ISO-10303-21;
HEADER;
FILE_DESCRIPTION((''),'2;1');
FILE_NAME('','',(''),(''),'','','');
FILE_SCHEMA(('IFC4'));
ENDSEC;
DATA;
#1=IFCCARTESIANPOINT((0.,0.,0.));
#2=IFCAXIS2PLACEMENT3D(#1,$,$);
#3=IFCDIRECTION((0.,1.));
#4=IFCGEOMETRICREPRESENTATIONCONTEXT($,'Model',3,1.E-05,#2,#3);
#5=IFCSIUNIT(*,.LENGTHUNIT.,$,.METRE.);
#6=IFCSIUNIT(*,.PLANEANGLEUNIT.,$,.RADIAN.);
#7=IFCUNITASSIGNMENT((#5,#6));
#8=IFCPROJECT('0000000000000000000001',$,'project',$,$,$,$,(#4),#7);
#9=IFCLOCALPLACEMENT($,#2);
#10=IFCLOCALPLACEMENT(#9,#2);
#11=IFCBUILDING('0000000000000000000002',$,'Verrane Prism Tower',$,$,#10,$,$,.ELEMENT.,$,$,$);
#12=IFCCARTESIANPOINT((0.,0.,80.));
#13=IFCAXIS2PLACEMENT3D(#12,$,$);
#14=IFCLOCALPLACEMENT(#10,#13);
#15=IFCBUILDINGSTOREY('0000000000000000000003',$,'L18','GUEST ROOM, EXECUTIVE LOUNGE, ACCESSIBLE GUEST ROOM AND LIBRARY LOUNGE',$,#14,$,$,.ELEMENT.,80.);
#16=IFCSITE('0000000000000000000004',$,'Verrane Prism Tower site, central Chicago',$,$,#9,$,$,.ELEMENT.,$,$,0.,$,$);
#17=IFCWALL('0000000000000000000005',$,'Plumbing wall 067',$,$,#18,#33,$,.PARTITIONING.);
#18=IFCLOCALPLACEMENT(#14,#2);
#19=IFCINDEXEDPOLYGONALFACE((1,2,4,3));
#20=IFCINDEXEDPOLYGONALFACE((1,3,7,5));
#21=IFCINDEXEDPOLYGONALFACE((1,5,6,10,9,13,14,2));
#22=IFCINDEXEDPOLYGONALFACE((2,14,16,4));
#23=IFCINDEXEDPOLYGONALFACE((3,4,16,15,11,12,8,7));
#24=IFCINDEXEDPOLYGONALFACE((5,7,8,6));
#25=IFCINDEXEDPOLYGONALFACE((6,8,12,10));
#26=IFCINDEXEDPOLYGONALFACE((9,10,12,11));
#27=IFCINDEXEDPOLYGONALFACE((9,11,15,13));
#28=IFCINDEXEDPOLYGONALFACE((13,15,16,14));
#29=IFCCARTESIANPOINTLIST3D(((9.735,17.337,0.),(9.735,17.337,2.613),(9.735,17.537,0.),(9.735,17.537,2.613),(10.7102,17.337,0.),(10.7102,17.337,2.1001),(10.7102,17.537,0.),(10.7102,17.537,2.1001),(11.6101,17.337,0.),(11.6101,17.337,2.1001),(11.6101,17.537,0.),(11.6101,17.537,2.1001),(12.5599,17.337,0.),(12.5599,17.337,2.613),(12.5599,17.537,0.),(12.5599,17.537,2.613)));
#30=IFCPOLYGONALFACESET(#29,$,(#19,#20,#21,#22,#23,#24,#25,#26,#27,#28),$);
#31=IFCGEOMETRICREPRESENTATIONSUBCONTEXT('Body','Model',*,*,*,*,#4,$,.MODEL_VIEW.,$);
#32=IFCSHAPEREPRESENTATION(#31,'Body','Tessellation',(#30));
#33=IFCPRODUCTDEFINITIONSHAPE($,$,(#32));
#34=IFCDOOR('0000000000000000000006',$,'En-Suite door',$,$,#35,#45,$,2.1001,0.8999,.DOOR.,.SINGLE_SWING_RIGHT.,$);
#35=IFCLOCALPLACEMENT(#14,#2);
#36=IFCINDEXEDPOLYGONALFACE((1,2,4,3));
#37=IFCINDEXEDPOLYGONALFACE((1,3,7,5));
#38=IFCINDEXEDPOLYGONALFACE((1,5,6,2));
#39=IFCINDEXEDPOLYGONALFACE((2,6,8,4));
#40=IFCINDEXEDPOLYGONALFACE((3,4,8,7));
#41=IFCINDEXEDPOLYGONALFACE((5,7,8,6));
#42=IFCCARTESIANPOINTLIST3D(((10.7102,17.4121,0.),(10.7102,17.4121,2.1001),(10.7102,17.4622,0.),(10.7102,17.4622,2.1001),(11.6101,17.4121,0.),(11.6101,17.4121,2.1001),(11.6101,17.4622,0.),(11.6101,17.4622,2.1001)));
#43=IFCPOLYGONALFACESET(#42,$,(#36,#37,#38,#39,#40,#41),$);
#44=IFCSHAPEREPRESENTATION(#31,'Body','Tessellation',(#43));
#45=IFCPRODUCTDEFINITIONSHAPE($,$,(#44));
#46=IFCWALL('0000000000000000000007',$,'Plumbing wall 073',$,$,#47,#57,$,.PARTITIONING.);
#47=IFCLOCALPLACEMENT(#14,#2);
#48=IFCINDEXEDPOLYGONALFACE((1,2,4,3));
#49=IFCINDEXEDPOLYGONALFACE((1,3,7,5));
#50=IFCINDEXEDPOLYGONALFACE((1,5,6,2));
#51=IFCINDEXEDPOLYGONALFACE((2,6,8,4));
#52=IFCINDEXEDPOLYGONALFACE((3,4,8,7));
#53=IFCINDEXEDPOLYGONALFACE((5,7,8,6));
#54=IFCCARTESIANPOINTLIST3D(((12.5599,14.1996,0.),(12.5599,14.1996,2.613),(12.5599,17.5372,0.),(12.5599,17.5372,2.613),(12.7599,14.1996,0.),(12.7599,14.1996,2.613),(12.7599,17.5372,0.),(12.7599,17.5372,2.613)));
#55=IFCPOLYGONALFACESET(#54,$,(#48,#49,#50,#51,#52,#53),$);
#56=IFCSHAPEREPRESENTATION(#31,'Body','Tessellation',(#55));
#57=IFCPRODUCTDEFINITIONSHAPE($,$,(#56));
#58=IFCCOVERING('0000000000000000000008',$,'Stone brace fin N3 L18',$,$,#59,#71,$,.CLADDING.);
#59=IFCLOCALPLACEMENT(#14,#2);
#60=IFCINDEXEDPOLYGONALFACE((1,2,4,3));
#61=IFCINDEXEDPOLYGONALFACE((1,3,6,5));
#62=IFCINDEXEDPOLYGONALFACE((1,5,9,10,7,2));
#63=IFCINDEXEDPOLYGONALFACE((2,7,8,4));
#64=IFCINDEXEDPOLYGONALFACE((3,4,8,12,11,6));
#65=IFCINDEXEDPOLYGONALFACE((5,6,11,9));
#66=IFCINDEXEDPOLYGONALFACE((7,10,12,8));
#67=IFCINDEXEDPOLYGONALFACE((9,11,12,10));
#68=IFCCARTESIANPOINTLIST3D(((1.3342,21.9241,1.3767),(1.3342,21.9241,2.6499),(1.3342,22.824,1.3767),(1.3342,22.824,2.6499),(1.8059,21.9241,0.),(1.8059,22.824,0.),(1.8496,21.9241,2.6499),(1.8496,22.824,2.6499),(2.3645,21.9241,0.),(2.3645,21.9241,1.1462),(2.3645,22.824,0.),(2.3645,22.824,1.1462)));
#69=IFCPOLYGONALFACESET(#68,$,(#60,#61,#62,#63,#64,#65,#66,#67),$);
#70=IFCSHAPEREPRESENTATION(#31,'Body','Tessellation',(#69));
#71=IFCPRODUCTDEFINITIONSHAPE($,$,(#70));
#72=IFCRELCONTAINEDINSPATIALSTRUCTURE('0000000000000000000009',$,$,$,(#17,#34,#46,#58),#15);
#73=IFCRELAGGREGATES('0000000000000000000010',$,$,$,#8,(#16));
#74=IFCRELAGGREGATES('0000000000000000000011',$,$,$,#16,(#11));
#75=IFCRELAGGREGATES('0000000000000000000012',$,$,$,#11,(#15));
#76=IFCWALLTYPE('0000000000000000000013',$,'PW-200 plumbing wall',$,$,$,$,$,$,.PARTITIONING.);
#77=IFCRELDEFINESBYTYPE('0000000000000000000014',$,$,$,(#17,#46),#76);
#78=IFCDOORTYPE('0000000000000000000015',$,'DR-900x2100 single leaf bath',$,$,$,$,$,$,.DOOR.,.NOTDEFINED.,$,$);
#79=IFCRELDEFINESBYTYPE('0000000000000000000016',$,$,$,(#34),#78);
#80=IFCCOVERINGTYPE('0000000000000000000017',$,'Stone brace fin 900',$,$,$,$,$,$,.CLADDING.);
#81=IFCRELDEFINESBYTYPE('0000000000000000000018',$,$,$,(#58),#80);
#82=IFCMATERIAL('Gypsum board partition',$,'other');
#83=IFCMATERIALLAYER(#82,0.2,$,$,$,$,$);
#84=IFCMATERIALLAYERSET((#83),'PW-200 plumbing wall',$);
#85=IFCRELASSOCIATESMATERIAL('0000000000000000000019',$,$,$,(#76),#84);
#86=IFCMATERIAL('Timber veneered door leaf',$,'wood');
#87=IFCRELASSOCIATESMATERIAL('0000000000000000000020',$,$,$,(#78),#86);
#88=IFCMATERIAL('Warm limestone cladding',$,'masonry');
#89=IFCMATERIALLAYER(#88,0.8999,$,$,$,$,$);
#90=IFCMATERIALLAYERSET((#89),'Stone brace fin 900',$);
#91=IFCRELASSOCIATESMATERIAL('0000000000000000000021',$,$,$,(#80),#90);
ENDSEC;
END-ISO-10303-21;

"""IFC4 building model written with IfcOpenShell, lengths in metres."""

from ifc_helpers import new_model, si_unit, direction, frame, frame_2d, origin, place, context, subcontext, project, spatial, polyline, rectangle, outline, extrude, material, layer, layer_set, type_object, element, fill, save


model = new_model("IFC4")

# Units and contexts
model_context = context("Model", 3, precision=1e-05, world=origin(), true_north=direction((0.0, 1.0)))
body_context = subcontext(model_context, "Body", "Model", "MODEL_VIEW")
ifc_project = project(units=[si_unit("LENGTHUNIT", "METRE"), si_unit("PLANEANGLEUNIT", "RADIAN")], contexts=[model_context])

# Site, building, storey
site_placement = place(None, origin())
site = spatial("IfcSite", under=ifc_project, at=site_placement, Name="Verrane Prism Tower site, central Chicago", CompositionType="ELEMENT", RefElevation=0.0)
building_placement = place(site_placement, origin())
building = spatial("IfcBuilding", under=site, at=building_placement, Name="Verrane Prism Tower", CompositionType="ELEMENT")
storey_placement = place(building_placement, frame((0.0, 0.0, 80.0)))
storey = spatial("IfcBuildingStorey", under=building, at=storey_placement, Name="L18", Description="GUEST ROOM, EXECUTIVE LOUNGE, ACCESSIBLE GUEST ROOM AND LIBRARY LOUNGE", CompositionType="ELEMENT", Elevation=80.0)

# Shared definitions
ifc_material_1 = material(Name="Gypsum board partition", Category="other")
ifc_layer_1 = layer(ifc_material_1, 0.2)
ifc_layer_set_1 = layer_set([ifc_layer_1], Name="PW-200 plumbing wall")
wall_type_1 = type_object("IfcWallType", Name="PW-200 plumbing wall", PredefinedType="PARTITIONING", material=ifc_layer_set_1)

# Wall, opening, door
wall_1_placement = place(storey_placement, frame((12.5601, 17.437, 0.0), z_axis=(0.0, 0.0, 1.0), x_axis=(-1.0, 0.0, 0.0)))
wall_1 = element("IfcWall", 1, at=wall_1_placement, inside=storey, type_object=wall_type_1, Name="Plumbing wall 067", PredefinedType="PARTITIONING", context=body_context, shape_type="SweptSolid", body=[
    extrude(rectangle(XDim=2.825, YDim=0.2, at=frame_2d((1.4126, 0.0))), origin(), (0.0, 0.0, 1.0), 2.613),
])
opening_1_placement = place(wall_1_placement, frame((0.95, 0.0, 0.0)))
opening_1 = element("IfcOpeningElement", 2, at=opening_1_placement, cuts=wall_1, PredefinedType="OPENING", context=body_context, shape_type="SweptSolid", body=[
    extrude(rectangle(XDim=0.8999, YDim=2.1001, at=frame_2d((0.45, 1.05))), frame((0.0, 0.1099, 0.0), z_axis=(0.0, -1.0, 0.0), x_axis=(1.0, 0.0, 0.0)), (0.0, 0.0, 1.0), 0.22),
])
ifc_material_2 = material(Name="Timber veneered door leaf", Category="wood")
door_type_1 = type_object("IfcDoorType", Name="DR-900x2100 single leaf bath", OperationType="NOTDEFINED", PredefinedType="DOOR", material=ifc_material_2)
door_1_placement = place(opening_1_placement, origin())
door_1 = element("IfcDoor", 3, at=door_1_placement, inside=storey, type_object=door_type_1, Name="En-Suite door", OperationType="SINGLE_SWING_RIGHT", OverallHeight=2.1001, OverallWidth=0.8999, PredefinedType="DOOR", context=body_context, shape_type="SweptSolid", body=[
    extrude(rectangle(XDim=0.8999, YDim=2.1001, at=frame_2d((0.45, 1.05))), frame((0.0, 0.0249, 0.0), z_axis=(0.0, -1.0, 0.0), x_axis=(1.0, 0.0, 0.0)), (0.0, 0.0, 1.0), 0.05),
])
fill(opening_1, door_1)

# Wall
wall_2_placement = place(storey_placement, frame((12.6599, 14.1995, 0.0), z_axis=(0.0, 0.0, 1.0), x_axis=(0.0, 1.0, 0.0)))
element("IfcWall", 4, at=wall_2_placement, inside=storey, type_object=wall_type_1, Name="Plumbing wall 073", PredefinedType="PARTITIONING", context=body_context, shape_type="SweptSolid", body=[
    extrude(rectangle(XDim=3.3376, YDim=0.2, at=frame_2d((1.6689, 0.0))), origin(), (0.0, 0.0, 1.0), 2.613),
])

# Covering
ifc_material_3 = material(Name="Warm limestone cladding", Category="masonry")
ifc_layer_2 = layer(ifc_material_3, 0.8999)
ifc_layer_set_2 = layer_set([ifc_layer_2], Name="Stone brace fin 900")
covering_type = type_object("IfcCoveringType", Name="Stone brace fin 900", PredefinedType="CLADDING", material=ifc_layer_set_2)
covering_placement = place(storey_placement, frame((2.3645, 22.374, 0.0), z_axis=(0.0, 0.0, 1.0), x_axis=(-1.0, 0.0, 0.0)))
element("IfcCovering", 5, at=covering_placement, inside=storey, type_object=covering_type, Name="Stone brace fin N3 L18", PredefinedType="CLADDING", context=body_context, shape_type="SweptSolid", body=[
    extrude(outline(polyline([(1.0303, 2.6499), (0.5149, 2.6499), (0.0, 1.1462), (0.0, 0.0), (0.5586, 0.0), (1.0303, 1.3767), (1.0303, 2.6499)])), frame((0.0, 0.45, 0.0), z_axis=(0.0, -1.0, 0.0), x_axis=(1.0, 0.0, 0.0)), (0.0, 0.0, 1.0), 0.8999),
])

save(model, "model.ifc")
